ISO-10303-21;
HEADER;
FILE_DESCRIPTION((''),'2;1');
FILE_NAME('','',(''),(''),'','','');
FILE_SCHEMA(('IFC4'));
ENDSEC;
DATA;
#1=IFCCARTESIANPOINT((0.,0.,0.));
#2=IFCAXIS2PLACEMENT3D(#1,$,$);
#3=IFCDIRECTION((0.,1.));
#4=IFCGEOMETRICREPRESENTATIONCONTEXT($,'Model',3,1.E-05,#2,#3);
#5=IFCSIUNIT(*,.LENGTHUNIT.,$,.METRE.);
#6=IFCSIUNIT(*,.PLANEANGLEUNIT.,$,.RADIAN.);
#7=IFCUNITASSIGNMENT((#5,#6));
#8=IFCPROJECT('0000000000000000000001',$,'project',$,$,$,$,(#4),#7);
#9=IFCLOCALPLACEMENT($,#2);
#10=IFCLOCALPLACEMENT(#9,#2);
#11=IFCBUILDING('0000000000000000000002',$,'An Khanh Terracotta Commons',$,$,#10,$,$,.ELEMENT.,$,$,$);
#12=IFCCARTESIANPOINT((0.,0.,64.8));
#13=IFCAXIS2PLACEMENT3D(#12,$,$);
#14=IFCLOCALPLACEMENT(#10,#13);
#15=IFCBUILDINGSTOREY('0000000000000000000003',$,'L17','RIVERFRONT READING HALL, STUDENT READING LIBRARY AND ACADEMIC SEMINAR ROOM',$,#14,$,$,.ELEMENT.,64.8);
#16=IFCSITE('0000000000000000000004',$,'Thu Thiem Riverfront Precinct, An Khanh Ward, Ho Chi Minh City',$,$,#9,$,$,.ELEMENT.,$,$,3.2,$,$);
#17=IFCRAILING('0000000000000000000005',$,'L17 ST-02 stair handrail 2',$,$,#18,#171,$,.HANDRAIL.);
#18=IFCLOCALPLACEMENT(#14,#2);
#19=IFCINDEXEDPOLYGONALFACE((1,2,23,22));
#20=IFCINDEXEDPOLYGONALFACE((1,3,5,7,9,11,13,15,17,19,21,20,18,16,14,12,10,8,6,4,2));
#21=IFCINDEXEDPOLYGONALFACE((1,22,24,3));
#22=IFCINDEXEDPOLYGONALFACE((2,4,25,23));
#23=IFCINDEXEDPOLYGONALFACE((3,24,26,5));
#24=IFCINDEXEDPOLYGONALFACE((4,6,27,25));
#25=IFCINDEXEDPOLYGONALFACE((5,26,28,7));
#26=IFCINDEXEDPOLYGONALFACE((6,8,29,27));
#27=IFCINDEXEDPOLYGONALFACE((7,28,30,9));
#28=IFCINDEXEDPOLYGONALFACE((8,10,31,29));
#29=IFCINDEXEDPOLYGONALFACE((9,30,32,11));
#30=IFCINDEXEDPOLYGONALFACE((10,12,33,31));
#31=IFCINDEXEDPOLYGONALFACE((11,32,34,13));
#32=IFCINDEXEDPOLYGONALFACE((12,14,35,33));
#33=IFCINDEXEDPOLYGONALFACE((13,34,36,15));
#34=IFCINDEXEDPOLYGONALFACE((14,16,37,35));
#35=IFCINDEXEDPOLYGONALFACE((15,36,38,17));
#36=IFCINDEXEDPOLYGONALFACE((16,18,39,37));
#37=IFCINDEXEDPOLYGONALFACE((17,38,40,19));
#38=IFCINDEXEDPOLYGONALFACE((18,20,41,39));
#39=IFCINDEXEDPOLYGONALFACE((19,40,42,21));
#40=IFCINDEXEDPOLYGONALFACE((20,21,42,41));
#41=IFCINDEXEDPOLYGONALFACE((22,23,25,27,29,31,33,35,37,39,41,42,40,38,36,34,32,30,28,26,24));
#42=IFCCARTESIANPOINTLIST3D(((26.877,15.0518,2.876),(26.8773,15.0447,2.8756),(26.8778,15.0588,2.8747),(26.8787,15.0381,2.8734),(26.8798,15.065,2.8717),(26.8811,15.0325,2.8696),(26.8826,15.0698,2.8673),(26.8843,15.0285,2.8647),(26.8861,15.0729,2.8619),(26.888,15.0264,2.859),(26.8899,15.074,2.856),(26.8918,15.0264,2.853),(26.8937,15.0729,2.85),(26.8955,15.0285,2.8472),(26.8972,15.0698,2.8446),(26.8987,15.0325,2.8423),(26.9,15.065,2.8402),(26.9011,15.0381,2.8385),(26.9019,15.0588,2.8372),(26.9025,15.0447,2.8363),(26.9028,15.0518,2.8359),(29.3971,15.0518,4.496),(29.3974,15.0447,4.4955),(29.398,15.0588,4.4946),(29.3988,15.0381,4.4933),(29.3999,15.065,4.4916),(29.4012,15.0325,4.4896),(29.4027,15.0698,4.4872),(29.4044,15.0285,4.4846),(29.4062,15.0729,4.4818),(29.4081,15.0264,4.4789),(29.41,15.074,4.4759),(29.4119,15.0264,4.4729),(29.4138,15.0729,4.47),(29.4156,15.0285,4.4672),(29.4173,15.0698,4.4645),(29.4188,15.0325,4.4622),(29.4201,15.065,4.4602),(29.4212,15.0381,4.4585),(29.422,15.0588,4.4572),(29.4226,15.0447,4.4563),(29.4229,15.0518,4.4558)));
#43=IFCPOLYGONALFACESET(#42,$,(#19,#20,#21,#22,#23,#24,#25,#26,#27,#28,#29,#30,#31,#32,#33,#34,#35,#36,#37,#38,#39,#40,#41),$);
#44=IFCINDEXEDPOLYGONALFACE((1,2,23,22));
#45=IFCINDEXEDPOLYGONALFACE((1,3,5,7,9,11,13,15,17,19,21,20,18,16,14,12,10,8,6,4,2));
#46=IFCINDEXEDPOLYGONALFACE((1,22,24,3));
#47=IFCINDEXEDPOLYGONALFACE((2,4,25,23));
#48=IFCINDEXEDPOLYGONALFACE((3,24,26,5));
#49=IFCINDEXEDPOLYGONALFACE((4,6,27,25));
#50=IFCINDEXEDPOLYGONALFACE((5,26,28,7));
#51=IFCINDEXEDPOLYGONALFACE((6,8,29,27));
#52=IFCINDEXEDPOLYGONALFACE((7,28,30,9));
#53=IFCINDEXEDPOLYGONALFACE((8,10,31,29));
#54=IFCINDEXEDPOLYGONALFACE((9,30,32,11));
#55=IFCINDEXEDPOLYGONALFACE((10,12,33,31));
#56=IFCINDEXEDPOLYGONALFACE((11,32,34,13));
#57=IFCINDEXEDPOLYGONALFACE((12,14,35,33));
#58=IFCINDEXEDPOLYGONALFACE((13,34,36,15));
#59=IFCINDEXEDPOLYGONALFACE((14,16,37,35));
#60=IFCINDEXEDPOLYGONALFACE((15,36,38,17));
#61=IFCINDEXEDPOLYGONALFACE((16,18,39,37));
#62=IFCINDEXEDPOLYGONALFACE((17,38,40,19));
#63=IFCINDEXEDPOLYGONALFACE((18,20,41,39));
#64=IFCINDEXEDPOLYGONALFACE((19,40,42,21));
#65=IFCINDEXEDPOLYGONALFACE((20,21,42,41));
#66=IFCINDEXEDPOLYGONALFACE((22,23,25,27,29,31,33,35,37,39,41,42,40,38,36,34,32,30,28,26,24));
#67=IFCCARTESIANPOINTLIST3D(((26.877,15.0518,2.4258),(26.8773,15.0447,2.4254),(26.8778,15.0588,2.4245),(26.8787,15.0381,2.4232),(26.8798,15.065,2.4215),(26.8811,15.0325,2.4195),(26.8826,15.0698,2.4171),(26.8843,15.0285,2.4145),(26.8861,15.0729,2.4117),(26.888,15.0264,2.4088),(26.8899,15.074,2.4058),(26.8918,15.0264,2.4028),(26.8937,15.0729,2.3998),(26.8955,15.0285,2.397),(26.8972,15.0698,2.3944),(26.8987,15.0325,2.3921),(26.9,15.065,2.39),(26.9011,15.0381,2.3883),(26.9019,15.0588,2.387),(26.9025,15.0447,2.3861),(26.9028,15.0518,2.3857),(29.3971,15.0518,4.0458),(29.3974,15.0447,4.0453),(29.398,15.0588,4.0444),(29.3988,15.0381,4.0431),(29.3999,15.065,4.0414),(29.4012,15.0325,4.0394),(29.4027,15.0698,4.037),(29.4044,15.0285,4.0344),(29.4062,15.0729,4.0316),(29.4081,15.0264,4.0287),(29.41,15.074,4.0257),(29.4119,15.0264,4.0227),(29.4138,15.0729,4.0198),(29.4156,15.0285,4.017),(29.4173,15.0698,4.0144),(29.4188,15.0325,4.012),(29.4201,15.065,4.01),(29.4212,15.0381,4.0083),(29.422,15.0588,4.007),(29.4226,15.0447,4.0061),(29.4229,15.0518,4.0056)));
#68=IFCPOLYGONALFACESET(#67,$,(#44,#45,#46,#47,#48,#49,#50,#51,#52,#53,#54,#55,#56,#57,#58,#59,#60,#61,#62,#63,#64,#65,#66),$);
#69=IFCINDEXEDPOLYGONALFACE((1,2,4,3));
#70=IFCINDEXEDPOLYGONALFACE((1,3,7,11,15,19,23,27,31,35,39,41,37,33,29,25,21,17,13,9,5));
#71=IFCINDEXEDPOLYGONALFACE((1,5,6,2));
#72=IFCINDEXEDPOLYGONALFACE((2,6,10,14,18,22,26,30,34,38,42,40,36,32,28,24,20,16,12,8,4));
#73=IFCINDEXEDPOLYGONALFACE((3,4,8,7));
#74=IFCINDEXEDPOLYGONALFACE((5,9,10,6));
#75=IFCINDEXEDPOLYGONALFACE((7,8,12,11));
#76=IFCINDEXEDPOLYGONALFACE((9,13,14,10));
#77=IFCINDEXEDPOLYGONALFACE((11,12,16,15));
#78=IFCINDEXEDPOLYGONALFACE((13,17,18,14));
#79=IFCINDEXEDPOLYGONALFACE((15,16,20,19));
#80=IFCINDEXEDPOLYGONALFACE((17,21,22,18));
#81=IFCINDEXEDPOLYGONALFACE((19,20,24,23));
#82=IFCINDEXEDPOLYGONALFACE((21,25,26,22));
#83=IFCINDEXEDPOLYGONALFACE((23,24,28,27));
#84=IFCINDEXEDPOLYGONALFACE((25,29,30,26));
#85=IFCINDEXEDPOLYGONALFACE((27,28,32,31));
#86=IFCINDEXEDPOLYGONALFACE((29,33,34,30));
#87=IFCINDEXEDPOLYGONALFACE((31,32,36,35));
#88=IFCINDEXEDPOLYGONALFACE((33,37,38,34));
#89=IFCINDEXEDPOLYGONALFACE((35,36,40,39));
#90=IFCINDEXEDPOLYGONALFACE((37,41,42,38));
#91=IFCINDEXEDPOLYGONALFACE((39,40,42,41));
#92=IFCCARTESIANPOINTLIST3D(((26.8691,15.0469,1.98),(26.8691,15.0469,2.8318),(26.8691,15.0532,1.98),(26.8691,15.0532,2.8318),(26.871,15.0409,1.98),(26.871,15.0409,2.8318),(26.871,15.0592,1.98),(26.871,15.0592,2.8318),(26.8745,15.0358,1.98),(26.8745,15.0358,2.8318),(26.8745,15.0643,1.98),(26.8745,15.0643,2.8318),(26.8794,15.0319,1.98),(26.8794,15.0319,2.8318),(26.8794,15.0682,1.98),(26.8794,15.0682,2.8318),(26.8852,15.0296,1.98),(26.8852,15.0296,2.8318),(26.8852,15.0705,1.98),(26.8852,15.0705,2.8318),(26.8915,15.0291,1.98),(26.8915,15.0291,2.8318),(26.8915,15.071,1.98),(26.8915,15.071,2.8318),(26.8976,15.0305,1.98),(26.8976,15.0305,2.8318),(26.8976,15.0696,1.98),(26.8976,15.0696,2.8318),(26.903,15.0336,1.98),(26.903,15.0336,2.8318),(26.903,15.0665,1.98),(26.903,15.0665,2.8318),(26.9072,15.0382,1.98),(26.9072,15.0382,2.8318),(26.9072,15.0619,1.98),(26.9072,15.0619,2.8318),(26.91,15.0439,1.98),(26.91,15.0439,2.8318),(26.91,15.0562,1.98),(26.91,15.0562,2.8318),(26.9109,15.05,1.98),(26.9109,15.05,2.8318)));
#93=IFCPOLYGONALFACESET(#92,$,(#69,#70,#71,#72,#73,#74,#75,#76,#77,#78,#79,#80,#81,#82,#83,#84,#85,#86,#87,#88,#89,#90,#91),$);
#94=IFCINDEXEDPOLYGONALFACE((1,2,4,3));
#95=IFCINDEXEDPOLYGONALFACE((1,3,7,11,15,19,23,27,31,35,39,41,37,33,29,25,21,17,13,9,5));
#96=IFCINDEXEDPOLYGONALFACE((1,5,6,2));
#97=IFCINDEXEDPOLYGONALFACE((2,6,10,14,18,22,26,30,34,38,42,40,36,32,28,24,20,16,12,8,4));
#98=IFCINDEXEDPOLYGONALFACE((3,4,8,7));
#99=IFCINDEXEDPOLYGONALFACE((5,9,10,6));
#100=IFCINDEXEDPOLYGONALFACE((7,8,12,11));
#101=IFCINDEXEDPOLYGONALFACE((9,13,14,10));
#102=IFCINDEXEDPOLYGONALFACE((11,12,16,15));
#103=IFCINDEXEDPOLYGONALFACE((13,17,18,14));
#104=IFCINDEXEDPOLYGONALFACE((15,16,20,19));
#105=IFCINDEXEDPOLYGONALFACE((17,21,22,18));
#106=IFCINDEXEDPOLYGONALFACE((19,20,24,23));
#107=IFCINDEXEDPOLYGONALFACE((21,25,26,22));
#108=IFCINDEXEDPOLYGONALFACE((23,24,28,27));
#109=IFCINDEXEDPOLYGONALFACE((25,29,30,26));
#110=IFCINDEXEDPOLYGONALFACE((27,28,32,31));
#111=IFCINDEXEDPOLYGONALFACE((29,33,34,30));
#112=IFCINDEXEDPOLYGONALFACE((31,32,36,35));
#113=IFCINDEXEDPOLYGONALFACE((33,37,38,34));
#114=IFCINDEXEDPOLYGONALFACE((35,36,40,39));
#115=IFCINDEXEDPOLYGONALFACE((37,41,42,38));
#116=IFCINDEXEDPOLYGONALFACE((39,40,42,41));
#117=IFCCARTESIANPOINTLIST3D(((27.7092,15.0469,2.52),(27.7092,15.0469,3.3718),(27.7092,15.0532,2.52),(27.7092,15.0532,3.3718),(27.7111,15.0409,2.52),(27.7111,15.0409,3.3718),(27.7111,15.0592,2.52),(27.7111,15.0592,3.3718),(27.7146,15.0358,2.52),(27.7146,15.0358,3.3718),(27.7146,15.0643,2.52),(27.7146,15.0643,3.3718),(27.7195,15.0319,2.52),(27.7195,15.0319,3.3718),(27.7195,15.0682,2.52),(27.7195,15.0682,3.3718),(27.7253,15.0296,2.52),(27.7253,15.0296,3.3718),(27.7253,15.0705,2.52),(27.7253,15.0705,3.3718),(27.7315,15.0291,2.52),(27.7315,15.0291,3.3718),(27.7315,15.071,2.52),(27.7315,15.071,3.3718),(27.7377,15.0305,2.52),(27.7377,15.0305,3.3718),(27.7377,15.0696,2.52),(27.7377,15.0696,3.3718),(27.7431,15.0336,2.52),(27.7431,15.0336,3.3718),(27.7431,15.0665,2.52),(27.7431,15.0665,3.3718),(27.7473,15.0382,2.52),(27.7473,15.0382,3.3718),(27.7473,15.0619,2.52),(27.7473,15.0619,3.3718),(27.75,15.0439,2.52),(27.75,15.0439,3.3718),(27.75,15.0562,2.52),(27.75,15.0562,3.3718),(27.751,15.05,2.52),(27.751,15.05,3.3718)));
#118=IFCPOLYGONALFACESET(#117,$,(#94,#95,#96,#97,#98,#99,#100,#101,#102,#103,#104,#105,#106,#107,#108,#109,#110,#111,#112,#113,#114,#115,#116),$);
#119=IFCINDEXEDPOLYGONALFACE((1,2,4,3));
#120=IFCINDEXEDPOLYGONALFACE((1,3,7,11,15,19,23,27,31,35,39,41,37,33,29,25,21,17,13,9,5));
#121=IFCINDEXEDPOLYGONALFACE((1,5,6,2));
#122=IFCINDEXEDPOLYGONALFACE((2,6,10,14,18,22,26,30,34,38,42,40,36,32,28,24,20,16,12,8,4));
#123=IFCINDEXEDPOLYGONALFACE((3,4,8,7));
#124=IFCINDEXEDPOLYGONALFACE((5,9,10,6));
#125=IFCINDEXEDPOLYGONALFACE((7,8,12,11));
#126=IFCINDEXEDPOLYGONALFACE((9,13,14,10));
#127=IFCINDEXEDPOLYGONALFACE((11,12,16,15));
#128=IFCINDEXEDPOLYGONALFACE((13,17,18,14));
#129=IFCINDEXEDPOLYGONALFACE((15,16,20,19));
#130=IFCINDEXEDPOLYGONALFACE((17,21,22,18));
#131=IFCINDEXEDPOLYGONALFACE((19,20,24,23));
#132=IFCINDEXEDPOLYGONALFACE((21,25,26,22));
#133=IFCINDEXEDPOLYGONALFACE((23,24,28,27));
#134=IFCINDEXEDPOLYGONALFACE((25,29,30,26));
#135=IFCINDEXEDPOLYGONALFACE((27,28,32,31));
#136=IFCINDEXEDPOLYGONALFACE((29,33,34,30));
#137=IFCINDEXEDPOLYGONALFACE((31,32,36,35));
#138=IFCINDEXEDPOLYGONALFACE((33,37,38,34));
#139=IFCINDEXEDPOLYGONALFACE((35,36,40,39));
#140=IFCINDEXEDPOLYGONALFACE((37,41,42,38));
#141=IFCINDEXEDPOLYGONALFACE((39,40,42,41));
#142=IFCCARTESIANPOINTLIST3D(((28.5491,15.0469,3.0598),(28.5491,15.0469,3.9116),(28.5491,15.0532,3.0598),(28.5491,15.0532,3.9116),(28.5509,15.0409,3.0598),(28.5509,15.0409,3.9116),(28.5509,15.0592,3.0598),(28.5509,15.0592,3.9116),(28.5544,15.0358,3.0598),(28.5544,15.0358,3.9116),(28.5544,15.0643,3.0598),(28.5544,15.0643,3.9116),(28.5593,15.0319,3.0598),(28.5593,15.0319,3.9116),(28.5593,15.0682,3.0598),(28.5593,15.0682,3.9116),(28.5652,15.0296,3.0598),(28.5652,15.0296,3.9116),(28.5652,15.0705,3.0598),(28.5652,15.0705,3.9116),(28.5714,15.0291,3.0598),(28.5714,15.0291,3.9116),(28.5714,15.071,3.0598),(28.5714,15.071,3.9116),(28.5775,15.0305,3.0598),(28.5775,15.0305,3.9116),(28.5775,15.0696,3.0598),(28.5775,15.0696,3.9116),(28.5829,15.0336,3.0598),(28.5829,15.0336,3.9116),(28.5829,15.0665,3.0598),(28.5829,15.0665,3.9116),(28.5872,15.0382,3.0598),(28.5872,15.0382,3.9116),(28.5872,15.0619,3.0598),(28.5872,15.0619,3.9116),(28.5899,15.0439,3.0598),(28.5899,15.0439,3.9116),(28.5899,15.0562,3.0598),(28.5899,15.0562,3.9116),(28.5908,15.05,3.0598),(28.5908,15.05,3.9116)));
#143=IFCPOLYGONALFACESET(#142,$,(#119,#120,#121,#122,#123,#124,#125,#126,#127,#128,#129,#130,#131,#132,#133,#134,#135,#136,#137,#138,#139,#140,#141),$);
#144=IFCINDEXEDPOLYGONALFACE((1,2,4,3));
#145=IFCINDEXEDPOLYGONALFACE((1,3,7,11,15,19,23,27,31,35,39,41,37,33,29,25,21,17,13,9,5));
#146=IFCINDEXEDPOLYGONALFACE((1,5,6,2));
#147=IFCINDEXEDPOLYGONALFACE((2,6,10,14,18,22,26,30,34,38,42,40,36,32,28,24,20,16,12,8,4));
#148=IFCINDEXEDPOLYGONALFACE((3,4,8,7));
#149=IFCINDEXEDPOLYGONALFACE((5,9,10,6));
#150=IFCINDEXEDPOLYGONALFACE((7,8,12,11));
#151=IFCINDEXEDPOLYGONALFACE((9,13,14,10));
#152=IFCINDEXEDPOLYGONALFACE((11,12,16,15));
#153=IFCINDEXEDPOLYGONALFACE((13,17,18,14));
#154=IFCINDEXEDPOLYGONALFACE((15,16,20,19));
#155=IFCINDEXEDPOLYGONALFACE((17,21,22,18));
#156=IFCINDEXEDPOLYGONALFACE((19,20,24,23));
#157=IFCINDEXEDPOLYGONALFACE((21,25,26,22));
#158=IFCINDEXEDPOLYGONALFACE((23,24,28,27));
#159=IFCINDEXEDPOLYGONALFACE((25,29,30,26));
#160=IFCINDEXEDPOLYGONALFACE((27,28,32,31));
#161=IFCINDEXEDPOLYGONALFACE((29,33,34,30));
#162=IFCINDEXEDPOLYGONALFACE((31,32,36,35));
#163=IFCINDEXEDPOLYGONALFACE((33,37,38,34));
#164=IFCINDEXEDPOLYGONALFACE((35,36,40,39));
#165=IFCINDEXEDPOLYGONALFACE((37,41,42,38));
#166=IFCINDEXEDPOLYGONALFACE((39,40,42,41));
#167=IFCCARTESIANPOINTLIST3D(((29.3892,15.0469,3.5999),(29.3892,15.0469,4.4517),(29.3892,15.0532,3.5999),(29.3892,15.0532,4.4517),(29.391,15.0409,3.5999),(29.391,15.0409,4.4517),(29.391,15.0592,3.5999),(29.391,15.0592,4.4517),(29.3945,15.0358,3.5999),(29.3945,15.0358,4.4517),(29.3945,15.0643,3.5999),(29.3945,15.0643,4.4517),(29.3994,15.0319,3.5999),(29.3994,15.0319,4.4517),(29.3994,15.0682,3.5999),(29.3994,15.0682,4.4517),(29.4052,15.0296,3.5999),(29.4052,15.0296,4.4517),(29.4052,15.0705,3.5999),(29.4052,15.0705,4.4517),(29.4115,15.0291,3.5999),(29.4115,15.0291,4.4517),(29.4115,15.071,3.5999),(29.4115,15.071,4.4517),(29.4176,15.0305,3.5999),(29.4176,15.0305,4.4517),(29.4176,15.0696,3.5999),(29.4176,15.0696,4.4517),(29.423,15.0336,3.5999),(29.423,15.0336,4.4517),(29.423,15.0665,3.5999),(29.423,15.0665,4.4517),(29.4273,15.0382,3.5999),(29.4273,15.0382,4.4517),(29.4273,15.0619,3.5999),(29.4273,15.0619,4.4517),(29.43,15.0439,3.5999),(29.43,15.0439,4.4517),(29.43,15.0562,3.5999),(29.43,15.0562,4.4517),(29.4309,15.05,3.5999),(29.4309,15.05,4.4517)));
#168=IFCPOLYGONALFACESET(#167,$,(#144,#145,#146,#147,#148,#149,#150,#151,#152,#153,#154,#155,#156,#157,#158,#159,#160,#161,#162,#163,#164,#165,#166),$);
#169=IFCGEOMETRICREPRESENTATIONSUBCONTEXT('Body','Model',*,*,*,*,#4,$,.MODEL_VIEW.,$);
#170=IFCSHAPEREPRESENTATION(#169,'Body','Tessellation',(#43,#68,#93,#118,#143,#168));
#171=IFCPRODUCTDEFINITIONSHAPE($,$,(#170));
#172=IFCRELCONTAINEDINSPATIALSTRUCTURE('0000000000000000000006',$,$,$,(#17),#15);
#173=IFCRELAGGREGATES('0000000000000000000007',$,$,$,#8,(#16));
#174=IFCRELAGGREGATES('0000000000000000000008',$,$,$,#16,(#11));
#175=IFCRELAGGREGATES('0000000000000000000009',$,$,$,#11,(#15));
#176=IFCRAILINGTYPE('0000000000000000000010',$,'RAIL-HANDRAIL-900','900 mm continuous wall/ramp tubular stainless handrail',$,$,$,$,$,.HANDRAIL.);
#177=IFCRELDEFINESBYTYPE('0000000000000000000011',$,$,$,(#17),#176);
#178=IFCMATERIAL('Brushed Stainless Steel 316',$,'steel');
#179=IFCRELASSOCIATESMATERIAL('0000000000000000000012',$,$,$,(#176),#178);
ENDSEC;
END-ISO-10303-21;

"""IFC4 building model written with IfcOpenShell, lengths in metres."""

from ifc_helpers import new_model, si_unit, direction, frame, origin, origin_2d, place, context, subcontext, project, spatial, circle, extrude, material, type_object, element, save


model = new_model("IFC4")

# Units and contexts
model_context = context("Model", 3, precision=1e-05, world=origin(), true_north=direction((0.0, 1.0)))
body_context = subcontext(model_context, "Body", "Model", "MODEL_VIEW")
ifc_project = project(units=[si_unit("LENGTHUNIT", "METRE"), si_unit("PLANEANGLEUNIT", "RADIAN")], contexts=[model_context])

# Site, building, storey
site_placement = place(None, origin())
site = spatial("IfcSite", under=ifc_project, at=site_placement, Name="Thu Thiem Riverfront Precinct, An Khanh Ward, Ho Chi Minh City", CompositionType="ELEMENT", RefElevation=3.2)
building_placement = place(site_placement, origin())
building = spatial("IfcBuilding", under=site, at=building_placement, Name="An Khanh Terracotta Commons", CompositionType="ELEMENT")
storey_placement = place(building_placement, frame((0.0, 0.0, 64.8)))
storey = spatial("IfcBuildingStorey", under=building, at=storey_placement, Name="L17", Description="RIVERFRONT READING HALL, STUDENT READING LIBRARY AND ACADEMIC SEMINAR ROOM", CompositionType="ELEMENT", Elevation=64.8)

# Railing
ifc_material_1 = material(Name="Brushed Stainless Steel 316", Category="steel")
railing_type_1 = type_object("IfcRailingType", Name="RAIL-HANDRAIL-900", Description="900 mm continuous wall/ramp tubular stainless handrail", PredefinedType="HANDRAIL", material=ifc_material_1)
railing_1_placement = place(storey_placement, frame((26.8899, 15.05, 1.98)))
element("IfcRailing", 1, at=railing_1_placement, inside=storey, type_object=railing_type_1, Name="L17 ST-02 stair handrail 2", PredefinedType="HANDRAIL", context=body_context, shape_type="SweptSolid", body=[
    extrude(circle(Radius=0.0239, at=origin_2d()), frame((0.0, 0.0, 0.876), z_axis=(0.8412, 0.0, 0.540725), x_axis=(0.0, 1.0, 0.0)), (0.0, 0.0, 1.0), 2.9958),
    extrude(circle(Radius=0.0239, at=origin_2d()), frame((0.0, 0.0, 0.4258), z_axis=(0.8412, 0.0, 0.540725), x_axis=(0.0, 1.0, 0.0)), (0.0, 0.0, 1.0), 2.9958),
    extrude(circle(Radius=0.021, at=origin_2d()), origin(), (0.0, 0.0, 1.0), 0.8518),
    extrude(circle(Radius=0.021, at=origin_2d()), frame((0.8401, 0.0, 0.54)), (0.0, 0.0, 1.0), 0.8518),
    extrude(circle(Radius=0.021, at=origin_2d()), frame((1.6799, 0.0, 1.0798)), (0.0, 0.0, 1.0), 0.8518),
    extrude(circle(Radius=0.021, at=origin_2d()), frame((2.52, 0.0, 1.6199)), (0.0, 0.0, 1.0), 0.8518),
])

save(model, "model.ifc")
